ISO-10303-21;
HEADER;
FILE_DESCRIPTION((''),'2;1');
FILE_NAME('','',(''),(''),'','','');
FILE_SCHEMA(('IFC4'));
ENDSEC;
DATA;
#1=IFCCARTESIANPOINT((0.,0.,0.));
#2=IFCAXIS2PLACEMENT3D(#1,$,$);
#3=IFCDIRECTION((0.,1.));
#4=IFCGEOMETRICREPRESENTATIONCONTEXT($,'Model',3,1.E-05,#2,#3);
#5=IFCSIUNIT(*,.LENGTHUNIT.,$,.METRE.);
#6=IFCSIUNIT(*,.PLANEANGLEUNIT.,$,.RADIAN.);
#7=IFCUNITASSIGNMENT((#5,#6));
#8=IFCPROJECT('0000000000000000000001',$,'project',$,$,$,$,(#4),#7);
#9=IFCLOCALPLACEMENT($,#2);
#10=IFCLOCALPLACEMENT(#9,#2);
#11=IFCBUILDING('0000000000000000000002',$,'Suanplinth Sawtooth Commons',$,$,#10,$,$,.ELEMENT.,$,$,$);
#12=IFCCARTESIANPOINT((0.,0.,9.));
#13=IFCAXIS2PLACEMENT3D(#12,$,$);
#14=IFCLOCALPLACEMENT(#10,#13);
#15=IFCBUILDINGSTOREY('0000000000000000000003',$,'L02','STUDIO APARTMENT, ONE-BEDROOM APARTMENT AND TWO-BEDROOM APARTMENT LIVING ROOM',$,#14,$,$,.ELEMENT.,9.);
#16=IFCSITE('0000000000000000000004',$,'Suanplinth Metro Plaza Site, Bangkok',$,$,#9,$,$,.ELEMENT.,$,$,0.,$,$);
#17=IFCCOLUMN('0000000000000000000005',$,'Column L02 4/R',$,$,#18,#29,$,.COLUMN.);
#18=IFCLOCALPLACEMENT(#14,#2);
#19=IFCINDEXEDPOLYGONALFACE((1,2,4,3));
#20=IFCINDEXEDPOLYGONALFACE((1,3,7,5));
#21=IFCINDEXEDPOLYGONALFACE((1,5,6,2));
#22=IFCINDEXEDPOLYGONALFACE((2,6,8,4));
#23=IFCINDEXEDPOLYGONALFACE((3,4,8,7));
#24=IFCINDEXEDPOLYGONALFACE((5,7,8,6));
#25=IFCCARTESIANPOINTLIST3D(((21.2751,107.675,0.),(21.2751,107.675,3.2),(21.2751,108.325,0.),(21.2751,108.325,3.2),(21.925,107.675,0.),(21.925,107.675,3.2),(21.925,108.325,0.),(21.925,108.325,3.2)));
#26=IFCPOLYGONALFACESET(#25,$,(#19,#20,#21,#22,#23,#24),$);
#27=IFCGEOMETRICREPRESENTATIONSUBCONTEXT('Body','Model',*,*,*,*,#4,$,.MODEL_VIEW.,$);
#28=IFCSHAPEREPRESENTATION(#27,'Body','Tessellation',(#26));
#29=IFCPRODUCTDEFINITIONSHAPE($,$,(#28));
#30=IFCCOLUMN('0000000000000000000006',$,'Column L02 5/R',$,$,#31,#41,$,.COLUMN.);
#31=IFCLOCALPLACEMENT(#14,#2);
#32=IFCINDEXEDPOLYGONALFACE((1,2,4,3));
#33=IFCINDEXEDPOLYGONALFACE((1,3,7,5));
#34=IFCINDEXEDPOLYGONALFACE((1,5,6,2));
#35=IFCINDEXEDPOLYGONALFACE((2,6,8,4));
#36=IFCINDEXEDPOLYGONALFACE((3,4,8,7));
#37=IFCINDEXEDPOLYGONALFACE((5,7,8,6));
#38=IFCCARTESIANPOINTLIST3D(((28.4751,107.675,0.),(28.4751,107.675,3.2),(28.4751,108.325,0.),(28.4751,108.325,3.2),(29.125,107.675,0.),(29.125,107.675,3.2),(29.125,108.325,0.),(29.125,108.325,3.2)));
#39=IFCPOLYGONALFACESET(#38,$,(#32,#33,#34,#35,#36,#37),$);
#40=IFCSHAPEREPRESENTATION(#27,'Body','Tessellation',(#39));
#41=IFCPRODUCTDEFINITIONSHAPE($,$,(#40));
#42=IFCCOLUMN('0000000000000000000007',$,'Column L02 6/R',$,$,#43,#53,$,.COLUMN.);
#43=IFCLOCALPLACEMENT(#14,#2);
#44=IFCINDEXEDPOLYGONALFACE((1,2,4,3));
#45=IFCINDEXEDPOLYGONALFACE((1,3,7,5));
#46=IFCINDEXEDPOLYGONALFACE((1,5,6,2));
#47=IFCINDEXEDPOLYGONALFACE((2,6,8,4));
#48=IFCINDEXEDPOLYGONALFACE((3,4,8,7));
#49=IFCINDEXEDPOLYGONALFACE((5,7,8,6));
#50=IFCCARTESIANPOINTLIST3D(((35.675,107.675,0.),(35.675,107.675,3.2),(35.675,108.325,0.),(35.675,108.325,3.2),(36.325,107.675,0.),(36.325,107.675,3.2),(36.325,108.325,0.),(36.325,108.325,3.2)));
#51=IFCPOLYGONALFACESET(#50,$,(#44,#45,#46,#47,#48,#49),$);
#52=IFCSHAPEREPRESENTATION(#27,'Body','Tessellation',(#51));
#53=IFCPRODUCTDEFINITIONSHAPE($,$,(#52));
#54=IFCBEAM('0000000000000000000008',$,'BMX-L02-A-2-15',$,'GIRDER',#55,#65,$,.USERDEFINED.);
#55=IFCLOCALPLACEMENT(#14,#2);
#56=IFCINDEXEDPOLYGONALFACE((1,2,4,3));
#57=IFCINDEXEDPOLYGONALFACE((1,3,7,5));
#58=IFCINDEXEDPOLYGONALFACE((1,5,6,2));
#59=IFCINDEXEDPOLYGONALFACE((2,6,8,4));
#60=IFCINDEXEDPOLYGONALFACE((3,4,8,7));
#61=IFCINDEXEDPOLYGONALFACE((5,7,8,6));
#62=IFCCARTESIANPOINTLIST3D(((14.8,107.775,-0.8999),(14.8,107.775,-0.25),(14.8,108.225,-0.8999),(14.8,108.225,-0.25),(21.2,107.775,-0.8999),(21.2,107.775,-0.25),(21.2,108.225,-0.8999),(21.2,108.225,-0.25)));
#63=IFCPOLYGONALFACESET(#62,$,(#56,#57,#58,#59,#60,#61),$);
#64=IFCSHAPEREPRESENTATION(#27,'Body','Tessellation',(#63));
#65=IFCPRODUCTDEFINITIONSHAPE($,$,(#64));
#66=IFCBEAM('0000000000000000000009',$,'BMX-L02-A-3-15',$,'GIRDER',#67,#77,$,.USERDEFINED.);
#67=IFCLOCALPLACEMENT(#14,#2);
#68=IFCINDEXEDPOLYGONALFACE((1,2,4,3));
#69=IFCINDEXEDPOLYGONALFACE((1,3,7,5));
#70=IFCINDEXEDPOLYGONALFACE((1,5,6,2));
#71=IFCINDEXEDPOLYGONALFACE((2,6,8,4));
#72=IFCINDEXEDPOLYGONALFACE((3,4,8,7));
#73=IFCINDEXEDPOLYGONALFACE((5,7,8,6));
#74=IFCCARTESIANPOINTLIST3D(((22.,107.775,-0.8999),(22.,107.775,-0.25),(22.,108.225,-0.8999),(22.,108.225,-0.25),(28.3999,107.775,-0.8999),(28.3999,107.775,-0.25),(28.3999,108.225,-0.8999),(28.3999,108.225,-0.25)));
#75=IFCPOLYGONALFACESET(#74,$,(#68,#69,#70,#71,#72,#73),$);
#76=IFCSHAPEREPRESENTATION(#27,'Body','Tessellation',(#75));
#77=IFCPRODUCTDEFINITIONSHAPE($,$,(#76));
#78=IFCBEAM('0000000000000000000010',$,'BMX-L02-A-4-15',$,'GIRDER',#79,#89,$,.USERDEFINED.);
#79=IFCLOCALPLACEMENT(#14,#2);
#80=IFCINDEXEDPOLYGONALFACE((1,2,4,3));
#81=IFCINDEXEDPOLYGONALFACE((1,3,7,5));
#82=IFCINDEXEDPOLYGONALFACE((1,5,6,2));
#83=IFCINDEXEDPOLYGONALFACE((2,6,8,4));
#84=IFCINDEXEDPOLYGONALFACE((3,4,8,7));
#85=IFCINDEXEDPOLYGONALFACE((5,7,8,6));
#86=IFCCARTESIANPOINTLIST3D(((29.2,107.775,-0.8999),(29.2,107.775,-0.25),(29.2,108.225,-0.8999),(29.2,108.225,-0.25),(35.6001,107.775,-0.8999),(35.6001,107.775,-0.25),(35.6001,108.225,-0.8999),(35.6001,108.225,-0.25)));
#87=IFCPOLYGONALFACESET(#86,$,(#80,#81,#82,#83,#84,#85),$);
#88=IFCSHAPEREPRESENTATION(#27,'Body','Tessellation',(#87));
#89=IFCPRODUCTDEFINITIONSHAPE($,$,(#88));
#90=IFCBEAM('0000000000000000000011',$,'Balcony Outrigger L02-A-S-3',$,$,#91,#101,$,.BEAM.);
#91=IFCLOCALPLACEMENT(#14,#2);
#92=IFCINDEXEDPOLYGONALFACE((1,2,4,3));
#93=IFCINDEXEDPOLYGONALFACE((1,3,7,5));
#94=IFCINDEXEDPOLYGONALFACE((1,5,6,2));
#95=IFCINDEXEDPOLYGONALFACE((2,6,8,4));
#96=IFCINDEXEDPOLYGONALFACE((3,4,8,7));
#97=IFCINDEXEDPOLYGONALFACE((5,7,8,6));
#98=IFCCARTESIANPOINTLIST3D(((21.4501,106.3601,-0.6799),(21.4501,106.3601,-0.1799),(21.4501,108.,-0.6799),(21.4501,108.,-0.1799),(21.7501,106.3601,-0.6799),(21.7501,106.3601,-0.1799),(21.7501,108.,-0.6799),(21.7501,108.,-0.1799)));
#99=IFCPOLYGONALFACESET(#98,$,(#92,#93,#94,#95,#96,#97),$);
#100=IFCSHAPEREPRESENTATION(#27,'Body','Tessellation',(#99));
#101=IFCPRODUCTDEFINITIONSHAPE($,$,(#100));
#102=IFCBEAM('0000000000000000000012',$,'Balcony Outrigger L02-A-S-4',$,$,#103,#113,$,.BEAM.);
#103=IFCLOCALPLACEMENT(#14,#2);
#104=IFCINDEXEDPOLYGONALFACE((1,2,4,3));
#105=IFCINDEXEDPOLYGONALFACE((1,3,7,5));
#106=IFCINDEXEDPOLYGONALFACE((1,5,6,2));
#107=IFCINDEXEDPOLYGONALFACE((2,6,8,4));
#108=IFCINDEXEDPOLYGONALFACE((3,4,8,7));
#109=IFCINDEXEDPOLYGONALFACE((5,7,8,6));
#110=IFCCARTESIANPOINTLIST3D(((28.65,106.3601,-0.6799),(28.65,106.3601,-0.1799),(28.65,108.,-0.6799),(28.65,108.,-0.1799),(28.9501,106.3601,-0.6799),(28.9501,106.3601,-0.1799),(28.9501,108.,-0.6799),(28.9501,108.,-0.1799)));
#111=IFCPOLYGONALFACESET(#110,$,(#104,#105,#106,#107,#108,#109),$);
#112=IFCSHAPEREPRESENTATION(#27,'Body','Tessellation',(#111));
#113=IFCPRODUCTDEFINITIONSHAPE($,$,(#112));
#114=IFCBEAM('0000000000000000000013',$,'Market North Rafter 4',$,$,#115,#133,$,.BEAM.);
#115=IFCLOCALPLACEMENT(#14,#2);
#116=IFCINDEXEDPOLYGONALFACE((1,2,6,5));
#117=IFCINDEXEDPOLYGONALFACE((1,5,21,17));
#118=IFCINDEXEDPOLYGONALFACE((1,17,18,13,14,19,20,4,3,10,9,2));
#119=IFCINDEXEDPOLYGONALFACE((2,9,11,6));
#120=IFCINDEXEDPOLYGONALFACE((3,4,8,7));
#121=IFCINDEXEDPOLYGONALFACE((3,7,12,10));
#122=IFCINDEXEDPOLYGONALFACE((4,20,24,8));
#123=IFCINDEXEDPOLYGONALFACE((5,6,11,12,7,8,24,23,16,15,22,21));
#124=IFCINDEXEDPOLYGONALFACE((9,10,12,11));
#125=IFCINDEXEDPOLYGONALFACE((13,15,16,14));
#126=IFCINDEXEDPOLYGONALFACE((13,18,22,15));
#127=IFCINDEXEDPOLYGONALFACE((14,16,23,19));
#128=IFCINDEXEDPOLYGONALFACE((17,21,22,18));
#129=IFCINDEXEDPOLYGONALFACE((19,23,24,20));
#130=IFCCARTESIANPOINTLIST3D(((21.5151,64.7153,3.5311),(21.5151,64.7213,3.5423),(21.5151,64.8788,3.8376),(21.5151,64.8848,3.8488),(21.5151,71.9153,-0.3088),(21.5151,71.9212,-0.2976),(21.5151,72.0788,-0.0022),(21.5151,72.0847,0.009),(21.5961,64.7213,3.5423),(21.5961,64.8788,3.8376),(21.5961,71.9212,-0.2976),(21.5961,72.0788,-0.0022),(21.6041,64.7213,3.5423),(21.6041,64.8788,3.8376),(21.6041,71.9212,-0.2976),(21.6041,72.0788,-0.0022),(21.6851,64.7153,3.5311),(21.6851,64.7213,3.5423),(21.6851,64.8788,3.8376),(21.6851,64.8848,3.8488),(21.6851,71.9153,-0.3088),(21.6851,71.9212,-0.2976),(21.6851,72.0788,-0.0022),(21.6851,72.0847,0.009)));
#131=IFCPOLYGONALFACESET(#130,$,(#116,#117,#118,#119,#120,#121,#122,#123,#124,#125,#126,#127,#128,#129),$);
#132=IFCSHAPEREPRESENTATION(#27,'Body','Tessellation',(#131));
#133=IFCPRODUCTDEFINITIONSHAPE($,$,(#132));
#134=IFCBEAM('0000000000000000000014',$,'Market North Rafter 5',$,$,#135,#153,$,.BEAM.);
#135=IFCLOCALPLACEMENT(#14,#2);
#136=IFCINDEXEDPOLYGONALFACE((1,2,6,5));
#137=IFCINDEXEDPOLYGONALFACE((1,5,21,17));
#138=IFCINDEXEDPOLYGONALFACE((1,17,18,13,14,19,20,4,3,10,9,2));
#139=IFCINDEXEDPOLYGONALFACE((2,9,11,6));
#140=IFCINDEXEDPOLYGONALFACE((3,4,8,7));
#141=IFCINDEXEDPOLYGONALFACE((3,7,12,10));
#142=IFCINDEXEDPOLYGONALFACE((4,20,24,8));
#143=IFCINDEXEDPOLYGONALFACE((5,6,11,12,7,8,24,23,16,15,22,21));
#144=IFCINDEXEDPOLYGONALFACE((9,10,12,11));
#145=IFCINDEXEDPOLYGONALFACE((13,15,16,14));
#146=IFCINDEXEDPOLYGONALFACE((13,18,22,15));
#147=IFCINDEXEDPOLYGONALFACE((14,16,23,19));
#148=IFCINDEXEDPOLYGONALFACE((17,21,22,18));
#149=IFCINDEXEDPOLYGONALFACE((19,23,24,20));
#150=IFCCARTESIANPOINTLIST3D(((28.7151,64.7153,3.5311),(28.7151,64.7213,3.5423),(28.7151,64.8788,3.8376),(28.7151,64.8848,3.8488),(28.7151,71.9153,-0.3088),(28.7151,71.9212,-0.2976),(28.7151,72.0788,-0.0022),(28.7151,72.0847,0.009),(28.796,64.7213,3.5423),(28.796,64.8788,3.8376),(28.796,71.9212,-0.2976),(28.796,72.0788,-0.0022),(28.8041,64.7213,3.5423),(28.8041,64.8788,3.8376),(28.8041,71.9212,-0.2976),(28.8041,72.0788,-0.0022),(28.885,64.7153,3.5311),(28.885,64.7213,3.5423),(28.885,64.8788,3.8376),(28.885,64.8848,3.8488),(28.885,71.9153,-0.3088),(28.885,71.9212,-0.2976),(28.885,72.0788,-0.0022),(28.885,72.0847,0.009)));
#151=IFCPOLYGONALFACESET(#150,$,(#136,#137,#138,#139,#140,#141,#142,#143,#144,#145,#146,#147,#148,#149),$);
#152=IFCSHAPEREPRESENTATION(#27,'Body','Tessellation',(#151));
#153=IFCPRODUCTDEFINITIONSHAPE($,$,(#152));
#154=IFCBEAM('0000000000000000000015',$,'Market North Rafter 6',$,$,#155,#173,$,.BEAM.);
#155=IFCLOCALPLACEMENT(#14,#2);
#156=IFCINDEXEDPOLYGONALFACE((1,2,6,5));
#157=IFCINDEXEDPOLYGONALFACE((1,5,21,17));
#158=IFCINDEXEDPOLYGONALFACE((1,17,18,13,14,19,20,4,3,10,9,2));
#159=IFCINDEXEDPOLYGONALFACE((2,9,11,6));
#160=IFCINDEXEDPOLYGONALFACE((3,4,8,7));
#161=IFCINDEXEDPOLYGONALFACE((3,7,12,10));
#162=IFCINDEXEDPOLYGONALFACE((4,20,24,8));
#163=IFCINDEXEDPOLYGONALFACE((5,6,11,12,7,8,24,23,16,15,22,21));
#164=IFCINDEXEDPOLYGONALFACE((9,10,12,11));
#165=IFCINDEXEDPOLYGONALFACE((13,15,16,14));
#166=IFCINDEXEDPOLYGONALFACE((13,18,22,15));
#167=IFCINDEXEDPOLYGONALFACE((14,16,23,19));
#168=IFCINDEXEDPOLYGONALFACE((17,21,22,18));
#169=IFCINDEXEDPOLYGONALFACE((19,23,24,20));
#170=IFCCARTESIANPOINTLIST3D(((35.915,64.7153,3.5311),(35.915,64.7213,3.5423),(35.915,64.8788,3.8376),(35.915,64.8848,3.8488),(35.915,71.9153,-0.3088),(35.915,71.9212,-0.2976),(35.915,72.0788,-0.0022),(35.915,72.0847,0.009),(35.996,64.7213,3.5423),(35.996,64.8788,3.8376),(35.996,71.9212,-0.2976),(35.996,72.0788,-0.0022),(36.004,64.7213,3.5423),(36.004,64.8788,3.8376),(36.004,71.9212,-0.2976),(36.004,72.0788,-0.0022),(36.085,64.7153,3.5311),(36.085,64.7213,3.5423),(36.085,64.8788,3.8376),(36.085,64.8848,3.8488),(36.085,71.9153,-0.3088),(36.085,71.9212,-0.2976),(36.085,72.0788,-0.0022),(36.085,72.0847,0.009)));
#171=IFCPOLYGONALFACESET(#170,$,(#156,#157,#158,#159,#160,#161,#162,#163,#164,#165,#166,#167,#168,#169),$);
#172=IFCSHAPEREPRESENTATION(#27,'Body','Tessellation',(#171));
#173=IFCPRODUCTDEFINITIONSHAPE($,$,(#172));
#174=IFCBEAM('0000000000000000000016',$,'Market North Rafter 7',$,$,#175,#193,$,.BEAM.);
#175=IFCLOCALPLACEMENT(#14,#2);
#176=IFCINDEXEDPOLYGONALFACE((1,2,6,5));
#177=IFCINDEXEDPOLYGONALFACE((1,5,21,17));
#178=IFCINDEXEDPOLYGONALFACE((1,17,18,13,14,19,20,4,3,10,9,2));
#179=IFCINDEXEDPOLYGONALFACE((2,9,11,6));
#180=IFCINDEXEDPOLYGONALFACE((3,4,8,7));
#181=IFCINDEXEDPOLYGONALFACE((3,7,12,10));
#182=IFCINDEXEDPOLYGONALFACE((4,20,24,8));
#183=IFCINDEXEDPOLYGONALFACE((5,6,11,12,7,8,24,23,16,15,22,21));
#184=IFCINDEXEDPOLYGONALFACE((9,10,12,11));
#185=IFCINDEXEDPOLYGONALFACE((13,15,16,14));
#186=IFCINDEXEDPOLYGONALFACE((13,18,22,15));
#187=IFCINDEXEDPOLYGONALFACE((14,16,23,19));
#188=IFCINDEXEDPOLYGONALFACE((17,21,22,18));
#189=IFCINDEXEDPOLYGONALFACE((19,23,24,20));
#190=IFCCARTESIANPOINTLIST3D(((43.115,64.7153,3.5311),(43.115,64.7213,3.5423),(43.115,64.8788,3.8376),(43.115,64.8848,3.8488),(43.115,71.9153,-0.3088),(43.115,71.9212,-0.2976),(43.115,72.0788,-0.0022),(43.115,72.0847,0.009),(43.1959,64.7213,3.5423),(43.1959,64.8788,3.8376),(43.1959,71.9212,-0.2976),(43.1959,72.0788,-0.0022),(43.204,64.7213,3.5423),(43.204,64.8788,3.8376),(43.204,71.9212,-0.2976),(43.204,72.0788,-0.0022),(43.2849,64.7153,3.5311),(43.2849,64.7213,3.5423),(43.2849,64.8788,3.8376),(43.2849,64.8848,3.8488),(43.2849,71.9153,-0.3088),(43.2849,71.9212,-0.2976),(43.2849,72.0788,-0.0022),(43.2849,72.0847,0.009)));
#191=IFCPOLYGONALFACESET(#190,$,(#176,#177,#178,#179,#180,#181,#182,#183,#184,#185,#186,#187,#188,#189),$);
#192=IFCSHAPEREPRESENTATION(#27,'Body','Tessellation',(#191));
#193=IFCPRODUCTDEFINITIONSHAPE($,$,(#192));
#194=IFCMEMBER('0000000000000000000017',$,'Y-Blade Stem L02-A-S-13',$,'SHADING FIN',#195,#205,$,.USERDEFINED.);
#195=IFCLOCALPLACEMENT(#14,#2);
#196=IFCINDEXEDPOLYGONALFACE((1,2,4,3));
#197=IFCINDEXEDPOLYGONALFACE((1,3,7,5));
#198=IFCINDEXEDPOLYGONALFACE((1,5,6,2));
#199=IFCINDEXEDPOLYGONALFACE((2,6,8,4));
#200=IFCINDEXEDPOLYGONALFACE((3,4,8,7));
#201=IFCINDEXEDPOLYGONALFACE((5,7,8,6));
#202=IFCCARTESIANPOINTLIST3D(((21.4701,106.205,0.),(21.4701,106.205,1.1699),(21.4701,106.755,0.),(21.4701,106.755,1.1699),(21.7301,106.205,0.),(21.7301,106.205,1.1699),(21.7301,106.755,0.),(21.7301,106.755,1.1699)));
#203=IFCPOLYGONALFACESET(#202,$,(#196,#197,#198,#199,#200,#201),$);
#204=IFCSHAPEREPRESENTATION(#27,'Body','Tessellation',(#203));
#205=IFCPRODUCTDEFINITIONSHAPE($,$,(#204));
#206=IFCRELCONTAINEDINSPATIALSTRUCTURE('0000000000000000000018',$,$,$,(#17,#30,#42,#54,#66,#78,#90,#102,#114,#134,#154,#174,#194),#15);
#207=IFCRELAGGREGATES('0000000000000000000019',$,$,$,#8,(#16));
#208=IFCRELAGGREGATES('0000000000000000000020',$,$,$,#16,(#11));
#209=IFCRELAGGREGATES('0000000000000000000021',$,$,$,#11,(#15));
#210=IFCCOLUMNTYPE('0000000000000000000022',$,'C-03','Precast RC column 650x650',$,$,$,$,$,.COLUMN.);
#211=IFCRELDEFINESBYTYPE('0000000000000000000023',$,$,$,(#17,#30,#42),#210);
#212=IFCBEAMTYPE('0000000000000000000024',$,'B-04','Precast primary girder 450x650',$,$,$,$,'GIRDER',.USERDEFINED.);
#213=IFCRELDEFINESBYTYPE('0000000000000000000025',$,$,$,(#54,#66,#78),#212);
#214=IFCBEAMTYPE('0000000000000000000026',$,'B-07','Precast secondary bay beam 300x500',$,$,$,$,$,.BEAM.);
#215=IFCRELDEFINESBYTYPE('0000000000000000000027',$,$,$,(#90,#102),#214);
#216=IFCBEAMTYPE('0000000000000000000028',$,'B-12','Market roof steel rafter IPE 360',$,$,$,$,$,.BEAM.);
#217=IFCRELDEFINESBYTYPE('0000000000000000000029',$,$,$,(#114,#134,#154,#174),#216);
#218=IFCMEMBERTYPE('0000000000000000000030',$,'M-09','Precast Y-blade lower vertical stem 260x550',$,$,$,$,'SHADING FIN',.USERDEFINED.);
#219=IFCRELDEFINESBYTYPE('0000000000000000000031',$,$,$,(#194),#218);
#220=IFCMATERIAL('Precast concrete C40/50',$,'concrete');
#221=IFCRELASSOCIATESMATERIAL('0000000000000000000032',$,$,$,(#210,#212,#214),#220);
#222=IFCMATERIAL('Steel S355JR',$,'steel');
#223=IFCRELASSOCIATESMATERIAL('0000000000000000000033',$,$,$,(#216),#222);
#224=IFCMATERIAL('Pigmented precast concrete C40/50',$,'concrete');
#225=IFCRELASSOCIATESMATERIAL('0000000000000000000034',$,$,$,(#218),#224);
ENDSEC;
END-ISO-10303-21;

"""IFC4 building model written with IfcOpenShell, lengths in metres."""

from ifc_helpers import new_model, si_unit, direction, frame, origin, origin_2d, place, context, subcontext, project, spatial, rectangle, i_section, extrude, material, material_profile, profile_set, type_object, element, save


model = new_model("IFC4")

# Units and contexts
model_context = context("Model", 3, precision=1e-05, world=origin(), true_north=direction((0.0, 1.0)))
body_context = subcontext(model_context, "Body", "Model", "MODEL_VIEW")
ifc_project = project(units=[si_unit("LENGTHUNIT", "METRE"), si_unit("PLANEANGLEUNIT", "RADIAN")], contexts=[model_context])

# Site, building, storey
site_placement = place(None, origin())
site = spatial("IfcSite", under=ifc_project, at=site_placement, Name="Suanplinth Metro Plaza Site, Bangkok", CompositionType="ELEMENT", RefElevation=0.0)
building_placement = place(site_placement, origin())
building = spatial("IfcBuilding", under=site, at=building_placement, Name="Suanplinth Sawtooth Commons", CompositionType="ELEMENT")
storey_placement = place(building_placement, frame((0.0, 0.0, 9.0)))
storey = spatial("IfcBuildingStorey", under=building, at=storey_placement, Name="L02", Description="STUDIO APARTMENT, ONE-BEDROOM APARTMENT AND TWO-BEDROOM APARTMENT LIVING ROOM", CompositionType="ELEMENT", Elevation=9.0)

# Columns
ifc_material_1 = material(Name="Precast concrete C40/50", Category="concrete")
ifc_material_profile_1 = material_profile(ifc_material_1, rectangle(XDim=0.6499, YDim=0.6499, at=origin_2d()), Name="PC-COL 650x650")
ifc_profile_set_1 = profile_set([ifc_material_profile_1], Name="Precast concrete C40/50")
column_type = type_object("IfcColumnType", Name="C-03", Description="Precast RC column 650x650", PredefinedType="COLUMN", material=ifc_profile_set_1)
for number, where, z_axis, x_axis, name in (
    (1, (21.6001, 108.0, 0.0), (0.0, 0.0, 1.0), (1.0, 0.0, 0.0), "Column L02 4/R"),
    (2, (28.8, 108.0, 0.0), (0.0, 0.0, 1.0), (1.0, 0.0, 0.0), "Column L02 5/R"),
    (3, (36.0, 108.0, 0.0), (0.0, 0.0, 1.0), (1.0, 0.0, 0.0), "Column L02 6/R"),
):
    element("IfcColumn", number, at=place(storey_placement, frame(where, z_axis=z_axis, x_axis=x_axis)), inside=storey, type_object=column_type, Name=name, PredefinedType="COLUMN", context=body_context, shape_type="SweptSolid", body=[
        extrude(rectangle(XDim=0.6499, YDim=0.6499, at=origin_2d()), origin(), (0.0, 0.0, 1.0), 3.2),
    ])

# Beams
ifc_material_profile_2 = material_profile(ifc_material_1, rectangle(XDim=0.45, YDim=0.6499, at=origin_2d()), Name="PC-GDR 450x650")
ifc_profile_set_2 = profile_set([ifc_material_profile_2], Name="Precast concrete C40/50")
beam_type_1 = type_object("IfcBeamType", Name="B-04", Description="Precast primary girder 450x650", ElementType="GIRDER", PredefinedType="USERDEFINED", material=ifc_profile_set_2)
for number, where, z_axis, x_axis, name in (
    (4, (14.8, 108.0, -0.575), (1.0, 0.0, 0.0), (0.0, 1.0, 0.0), "BMX-L02-A-2-15"),
    (5, (22.0, 108.0, -0.575), (1.0, 0.0, 0.0), (0.0, 1.0, 0.0), "BMX-L02-A-3-15"),
):
    element("IfcBeam", number, at=place(storey_placement, frame(where, z_axis=z_axis, x_axis=x_axis)), inside=storey, type_object=beam_type_1, Name=name, ObjectType="GIRDER", PredefinedType="USERDEFINED", context=body_context, shape_type="SweptSolid", body=[
        extrude(rectangle(XDim=0.45, YDim=0.6499, at=origin_2d()), origin(), (0.0, 0.0, 1.0), 6.3999),
    ])
beam_placement = place(storey_placement, frame((29.2, 108.0, -0.575), z_axis=(1.0, 0.0, 0.0), x_axis=(0.0, 1.0, 0.0)))
element("IfcBeam", 6, at=beam_placement, inside=storey, type_object=beam_type_1, Name="BMX-L02-A-4-15", ObjectType="GIRDER", PredefinedType="USERDEFINED", context=body_context, shape_type="SweptSolid", body=[
    extrude(rectangle(XDim=0.45, YDim=0.6499, at=origin_2d()), origin(), (0.0, 0.0, 1.0), 6.4001),
])
ifc_material_profile_3 = material_profile(ifc_material_1, rectangle(XDim=0.3, YDim=0.5, at=origin_2d()), Name="PC-BM 300x500")
ifc_profile_set_3 = profile_set([ifc_material_profile_3], Name="Precast concrete C40/50")
beam_type_2 = type_object("IfcBeamType", Name="B-07", Description="Precast secondary bay beam 300x500", PredefinedType="BEAM", material=ifc_profile_set_3)
for number, where, z_axis, x_axis, name in (
    (7, (21.6001, 108.0, -0.4299), (0.0, -1.0, 0.0), (1.0, 0.0, 0.0), "Balcony Outrigger L02-A-S-3"),
    (8, (28.8, 108.0, -0.4299), (0.0, -1.0, 0.0), (1.0, 0.0, 0.0), "Balcony Outrigger L02-A-S-4"),
):
    element("IfcBeam", number, at=place(storey_placement, frame(where, z_axis=z_axis, x_axis=x_axis)), inside=storey, type_object=beam_type_2, Name=name, PredefinedType="BEAM", context=body_context, shape_type="SweptSolid", body=[
        extrude(rectangle(XDim=0.3, YDim=0.5, at=origin_2d()), origin(), (0.0, 0.0, 1.0), 1.6399),
    ])
ifc_material_2 = material(Name="Steel S355JR", Category="steel")
ifc_material_profile_4 = material_profile(ifc_material_2, i_section(OverallWidth=0.1699, OverallDepth=0.3601, WebThickness=0.0081, FlangeThickness=0.0127, at=origin_2d()), Name="IPE 360")
ifc_profile_set_4 = profile_set([ifc_material_profile_4], Name="Steel S355JR")
beam_type_3 = type_object("IfcBeamType", Name="B-12", Description="Market roof steel rafter IPE 360", PredefinedType="BEAM", material=ifc_profile_set_4)
for number, where, z_axis, x_axis, name in (
    (9, (21.6001, 72.0, -0.1499), (0.0, -0.88236, 0.470576), (1.0, 0.0, 0.0), "Market North Rafter 4"),
    (10, (28.8, 72.0, -0.1499), (0.0, -0.88236, 0.470576), (1.0, 0.0, 0.0), "Market North Rafter 5"),
    (11, (36.0, 72.0, -0.1499), (0.0, -0.88236, 0.470576), (1.0, 0.0, 0.0), "Market North Rafter 6"),
    (12, (43.2, 72.0, -0.1499), (0.0, -0.88236, 0.470576), (1.0, 0.0, 0.0), "Market North Rafter 7"),
):
    element("IfcBeam", number, at=place(storey_placement, frame(where, z_axis=z_axis, x_axis=x_axis)), inside=storey, type_object=beam_type_3, Name=name, PredefinedType="BEAM", context=body_context, shape_type="SweptSolid", body=[
        extrude(i_section(OverallWidth=0.1699, OverallDepth=0.3601, WebThickness=0.0081, FlangeThickness=0.0127, at=origin_2d()), origin(), (0.0, 0.0, 1.0), 8.1599),
    ])

# Member
ifc_material_3 = material(Name="Pigmented precast concrete C40/50", Category="concrete")
ifc_material_profile_5 = material_profile(ifc_material_3, rectangle(XDim=0.26, YDim=0.55, at=origin_2d()), Name="PC-FIN 260x550")
ifc_profile_set_5 = profile_set([ifc_material_profile_5], Name="Pigmented precast concrete C40/50")
member_type_1 = type_object("IfcMemberType", Name="M-09", Description="Precast Y-blade lower vertical stem 260x550", ElementType="SHADING FIN", PredefinedType="USERDEFINED", material=ifc_profile_set_5)
for number, where, z_axis, x_axis, name in (
    (13, (21.6001, 106.48, 0.0), (0.0, 0.0, 1.0), (1.0, 0.0, 0.0), "Y-Blade Stem L02-A-S-13"),
):
    element("IfcMember", number, at=place(storey_placement, frame(where, z_axis=z_axis, x_axis=x_axis)), inside=storey, type_object=member_type_1, Name=name, ObjectType="SHADING FIN", PredefinedType="USERDEFINED", context=body_context, shape_type="SweptSolid", body=[
        extrude(rectangle(XDim=0.26, YDim=0.55, at=origin_2d()), origin(), (0.0, 0.0, 1.0), 1.1699),
    ])

save(model, "model.ifc")
